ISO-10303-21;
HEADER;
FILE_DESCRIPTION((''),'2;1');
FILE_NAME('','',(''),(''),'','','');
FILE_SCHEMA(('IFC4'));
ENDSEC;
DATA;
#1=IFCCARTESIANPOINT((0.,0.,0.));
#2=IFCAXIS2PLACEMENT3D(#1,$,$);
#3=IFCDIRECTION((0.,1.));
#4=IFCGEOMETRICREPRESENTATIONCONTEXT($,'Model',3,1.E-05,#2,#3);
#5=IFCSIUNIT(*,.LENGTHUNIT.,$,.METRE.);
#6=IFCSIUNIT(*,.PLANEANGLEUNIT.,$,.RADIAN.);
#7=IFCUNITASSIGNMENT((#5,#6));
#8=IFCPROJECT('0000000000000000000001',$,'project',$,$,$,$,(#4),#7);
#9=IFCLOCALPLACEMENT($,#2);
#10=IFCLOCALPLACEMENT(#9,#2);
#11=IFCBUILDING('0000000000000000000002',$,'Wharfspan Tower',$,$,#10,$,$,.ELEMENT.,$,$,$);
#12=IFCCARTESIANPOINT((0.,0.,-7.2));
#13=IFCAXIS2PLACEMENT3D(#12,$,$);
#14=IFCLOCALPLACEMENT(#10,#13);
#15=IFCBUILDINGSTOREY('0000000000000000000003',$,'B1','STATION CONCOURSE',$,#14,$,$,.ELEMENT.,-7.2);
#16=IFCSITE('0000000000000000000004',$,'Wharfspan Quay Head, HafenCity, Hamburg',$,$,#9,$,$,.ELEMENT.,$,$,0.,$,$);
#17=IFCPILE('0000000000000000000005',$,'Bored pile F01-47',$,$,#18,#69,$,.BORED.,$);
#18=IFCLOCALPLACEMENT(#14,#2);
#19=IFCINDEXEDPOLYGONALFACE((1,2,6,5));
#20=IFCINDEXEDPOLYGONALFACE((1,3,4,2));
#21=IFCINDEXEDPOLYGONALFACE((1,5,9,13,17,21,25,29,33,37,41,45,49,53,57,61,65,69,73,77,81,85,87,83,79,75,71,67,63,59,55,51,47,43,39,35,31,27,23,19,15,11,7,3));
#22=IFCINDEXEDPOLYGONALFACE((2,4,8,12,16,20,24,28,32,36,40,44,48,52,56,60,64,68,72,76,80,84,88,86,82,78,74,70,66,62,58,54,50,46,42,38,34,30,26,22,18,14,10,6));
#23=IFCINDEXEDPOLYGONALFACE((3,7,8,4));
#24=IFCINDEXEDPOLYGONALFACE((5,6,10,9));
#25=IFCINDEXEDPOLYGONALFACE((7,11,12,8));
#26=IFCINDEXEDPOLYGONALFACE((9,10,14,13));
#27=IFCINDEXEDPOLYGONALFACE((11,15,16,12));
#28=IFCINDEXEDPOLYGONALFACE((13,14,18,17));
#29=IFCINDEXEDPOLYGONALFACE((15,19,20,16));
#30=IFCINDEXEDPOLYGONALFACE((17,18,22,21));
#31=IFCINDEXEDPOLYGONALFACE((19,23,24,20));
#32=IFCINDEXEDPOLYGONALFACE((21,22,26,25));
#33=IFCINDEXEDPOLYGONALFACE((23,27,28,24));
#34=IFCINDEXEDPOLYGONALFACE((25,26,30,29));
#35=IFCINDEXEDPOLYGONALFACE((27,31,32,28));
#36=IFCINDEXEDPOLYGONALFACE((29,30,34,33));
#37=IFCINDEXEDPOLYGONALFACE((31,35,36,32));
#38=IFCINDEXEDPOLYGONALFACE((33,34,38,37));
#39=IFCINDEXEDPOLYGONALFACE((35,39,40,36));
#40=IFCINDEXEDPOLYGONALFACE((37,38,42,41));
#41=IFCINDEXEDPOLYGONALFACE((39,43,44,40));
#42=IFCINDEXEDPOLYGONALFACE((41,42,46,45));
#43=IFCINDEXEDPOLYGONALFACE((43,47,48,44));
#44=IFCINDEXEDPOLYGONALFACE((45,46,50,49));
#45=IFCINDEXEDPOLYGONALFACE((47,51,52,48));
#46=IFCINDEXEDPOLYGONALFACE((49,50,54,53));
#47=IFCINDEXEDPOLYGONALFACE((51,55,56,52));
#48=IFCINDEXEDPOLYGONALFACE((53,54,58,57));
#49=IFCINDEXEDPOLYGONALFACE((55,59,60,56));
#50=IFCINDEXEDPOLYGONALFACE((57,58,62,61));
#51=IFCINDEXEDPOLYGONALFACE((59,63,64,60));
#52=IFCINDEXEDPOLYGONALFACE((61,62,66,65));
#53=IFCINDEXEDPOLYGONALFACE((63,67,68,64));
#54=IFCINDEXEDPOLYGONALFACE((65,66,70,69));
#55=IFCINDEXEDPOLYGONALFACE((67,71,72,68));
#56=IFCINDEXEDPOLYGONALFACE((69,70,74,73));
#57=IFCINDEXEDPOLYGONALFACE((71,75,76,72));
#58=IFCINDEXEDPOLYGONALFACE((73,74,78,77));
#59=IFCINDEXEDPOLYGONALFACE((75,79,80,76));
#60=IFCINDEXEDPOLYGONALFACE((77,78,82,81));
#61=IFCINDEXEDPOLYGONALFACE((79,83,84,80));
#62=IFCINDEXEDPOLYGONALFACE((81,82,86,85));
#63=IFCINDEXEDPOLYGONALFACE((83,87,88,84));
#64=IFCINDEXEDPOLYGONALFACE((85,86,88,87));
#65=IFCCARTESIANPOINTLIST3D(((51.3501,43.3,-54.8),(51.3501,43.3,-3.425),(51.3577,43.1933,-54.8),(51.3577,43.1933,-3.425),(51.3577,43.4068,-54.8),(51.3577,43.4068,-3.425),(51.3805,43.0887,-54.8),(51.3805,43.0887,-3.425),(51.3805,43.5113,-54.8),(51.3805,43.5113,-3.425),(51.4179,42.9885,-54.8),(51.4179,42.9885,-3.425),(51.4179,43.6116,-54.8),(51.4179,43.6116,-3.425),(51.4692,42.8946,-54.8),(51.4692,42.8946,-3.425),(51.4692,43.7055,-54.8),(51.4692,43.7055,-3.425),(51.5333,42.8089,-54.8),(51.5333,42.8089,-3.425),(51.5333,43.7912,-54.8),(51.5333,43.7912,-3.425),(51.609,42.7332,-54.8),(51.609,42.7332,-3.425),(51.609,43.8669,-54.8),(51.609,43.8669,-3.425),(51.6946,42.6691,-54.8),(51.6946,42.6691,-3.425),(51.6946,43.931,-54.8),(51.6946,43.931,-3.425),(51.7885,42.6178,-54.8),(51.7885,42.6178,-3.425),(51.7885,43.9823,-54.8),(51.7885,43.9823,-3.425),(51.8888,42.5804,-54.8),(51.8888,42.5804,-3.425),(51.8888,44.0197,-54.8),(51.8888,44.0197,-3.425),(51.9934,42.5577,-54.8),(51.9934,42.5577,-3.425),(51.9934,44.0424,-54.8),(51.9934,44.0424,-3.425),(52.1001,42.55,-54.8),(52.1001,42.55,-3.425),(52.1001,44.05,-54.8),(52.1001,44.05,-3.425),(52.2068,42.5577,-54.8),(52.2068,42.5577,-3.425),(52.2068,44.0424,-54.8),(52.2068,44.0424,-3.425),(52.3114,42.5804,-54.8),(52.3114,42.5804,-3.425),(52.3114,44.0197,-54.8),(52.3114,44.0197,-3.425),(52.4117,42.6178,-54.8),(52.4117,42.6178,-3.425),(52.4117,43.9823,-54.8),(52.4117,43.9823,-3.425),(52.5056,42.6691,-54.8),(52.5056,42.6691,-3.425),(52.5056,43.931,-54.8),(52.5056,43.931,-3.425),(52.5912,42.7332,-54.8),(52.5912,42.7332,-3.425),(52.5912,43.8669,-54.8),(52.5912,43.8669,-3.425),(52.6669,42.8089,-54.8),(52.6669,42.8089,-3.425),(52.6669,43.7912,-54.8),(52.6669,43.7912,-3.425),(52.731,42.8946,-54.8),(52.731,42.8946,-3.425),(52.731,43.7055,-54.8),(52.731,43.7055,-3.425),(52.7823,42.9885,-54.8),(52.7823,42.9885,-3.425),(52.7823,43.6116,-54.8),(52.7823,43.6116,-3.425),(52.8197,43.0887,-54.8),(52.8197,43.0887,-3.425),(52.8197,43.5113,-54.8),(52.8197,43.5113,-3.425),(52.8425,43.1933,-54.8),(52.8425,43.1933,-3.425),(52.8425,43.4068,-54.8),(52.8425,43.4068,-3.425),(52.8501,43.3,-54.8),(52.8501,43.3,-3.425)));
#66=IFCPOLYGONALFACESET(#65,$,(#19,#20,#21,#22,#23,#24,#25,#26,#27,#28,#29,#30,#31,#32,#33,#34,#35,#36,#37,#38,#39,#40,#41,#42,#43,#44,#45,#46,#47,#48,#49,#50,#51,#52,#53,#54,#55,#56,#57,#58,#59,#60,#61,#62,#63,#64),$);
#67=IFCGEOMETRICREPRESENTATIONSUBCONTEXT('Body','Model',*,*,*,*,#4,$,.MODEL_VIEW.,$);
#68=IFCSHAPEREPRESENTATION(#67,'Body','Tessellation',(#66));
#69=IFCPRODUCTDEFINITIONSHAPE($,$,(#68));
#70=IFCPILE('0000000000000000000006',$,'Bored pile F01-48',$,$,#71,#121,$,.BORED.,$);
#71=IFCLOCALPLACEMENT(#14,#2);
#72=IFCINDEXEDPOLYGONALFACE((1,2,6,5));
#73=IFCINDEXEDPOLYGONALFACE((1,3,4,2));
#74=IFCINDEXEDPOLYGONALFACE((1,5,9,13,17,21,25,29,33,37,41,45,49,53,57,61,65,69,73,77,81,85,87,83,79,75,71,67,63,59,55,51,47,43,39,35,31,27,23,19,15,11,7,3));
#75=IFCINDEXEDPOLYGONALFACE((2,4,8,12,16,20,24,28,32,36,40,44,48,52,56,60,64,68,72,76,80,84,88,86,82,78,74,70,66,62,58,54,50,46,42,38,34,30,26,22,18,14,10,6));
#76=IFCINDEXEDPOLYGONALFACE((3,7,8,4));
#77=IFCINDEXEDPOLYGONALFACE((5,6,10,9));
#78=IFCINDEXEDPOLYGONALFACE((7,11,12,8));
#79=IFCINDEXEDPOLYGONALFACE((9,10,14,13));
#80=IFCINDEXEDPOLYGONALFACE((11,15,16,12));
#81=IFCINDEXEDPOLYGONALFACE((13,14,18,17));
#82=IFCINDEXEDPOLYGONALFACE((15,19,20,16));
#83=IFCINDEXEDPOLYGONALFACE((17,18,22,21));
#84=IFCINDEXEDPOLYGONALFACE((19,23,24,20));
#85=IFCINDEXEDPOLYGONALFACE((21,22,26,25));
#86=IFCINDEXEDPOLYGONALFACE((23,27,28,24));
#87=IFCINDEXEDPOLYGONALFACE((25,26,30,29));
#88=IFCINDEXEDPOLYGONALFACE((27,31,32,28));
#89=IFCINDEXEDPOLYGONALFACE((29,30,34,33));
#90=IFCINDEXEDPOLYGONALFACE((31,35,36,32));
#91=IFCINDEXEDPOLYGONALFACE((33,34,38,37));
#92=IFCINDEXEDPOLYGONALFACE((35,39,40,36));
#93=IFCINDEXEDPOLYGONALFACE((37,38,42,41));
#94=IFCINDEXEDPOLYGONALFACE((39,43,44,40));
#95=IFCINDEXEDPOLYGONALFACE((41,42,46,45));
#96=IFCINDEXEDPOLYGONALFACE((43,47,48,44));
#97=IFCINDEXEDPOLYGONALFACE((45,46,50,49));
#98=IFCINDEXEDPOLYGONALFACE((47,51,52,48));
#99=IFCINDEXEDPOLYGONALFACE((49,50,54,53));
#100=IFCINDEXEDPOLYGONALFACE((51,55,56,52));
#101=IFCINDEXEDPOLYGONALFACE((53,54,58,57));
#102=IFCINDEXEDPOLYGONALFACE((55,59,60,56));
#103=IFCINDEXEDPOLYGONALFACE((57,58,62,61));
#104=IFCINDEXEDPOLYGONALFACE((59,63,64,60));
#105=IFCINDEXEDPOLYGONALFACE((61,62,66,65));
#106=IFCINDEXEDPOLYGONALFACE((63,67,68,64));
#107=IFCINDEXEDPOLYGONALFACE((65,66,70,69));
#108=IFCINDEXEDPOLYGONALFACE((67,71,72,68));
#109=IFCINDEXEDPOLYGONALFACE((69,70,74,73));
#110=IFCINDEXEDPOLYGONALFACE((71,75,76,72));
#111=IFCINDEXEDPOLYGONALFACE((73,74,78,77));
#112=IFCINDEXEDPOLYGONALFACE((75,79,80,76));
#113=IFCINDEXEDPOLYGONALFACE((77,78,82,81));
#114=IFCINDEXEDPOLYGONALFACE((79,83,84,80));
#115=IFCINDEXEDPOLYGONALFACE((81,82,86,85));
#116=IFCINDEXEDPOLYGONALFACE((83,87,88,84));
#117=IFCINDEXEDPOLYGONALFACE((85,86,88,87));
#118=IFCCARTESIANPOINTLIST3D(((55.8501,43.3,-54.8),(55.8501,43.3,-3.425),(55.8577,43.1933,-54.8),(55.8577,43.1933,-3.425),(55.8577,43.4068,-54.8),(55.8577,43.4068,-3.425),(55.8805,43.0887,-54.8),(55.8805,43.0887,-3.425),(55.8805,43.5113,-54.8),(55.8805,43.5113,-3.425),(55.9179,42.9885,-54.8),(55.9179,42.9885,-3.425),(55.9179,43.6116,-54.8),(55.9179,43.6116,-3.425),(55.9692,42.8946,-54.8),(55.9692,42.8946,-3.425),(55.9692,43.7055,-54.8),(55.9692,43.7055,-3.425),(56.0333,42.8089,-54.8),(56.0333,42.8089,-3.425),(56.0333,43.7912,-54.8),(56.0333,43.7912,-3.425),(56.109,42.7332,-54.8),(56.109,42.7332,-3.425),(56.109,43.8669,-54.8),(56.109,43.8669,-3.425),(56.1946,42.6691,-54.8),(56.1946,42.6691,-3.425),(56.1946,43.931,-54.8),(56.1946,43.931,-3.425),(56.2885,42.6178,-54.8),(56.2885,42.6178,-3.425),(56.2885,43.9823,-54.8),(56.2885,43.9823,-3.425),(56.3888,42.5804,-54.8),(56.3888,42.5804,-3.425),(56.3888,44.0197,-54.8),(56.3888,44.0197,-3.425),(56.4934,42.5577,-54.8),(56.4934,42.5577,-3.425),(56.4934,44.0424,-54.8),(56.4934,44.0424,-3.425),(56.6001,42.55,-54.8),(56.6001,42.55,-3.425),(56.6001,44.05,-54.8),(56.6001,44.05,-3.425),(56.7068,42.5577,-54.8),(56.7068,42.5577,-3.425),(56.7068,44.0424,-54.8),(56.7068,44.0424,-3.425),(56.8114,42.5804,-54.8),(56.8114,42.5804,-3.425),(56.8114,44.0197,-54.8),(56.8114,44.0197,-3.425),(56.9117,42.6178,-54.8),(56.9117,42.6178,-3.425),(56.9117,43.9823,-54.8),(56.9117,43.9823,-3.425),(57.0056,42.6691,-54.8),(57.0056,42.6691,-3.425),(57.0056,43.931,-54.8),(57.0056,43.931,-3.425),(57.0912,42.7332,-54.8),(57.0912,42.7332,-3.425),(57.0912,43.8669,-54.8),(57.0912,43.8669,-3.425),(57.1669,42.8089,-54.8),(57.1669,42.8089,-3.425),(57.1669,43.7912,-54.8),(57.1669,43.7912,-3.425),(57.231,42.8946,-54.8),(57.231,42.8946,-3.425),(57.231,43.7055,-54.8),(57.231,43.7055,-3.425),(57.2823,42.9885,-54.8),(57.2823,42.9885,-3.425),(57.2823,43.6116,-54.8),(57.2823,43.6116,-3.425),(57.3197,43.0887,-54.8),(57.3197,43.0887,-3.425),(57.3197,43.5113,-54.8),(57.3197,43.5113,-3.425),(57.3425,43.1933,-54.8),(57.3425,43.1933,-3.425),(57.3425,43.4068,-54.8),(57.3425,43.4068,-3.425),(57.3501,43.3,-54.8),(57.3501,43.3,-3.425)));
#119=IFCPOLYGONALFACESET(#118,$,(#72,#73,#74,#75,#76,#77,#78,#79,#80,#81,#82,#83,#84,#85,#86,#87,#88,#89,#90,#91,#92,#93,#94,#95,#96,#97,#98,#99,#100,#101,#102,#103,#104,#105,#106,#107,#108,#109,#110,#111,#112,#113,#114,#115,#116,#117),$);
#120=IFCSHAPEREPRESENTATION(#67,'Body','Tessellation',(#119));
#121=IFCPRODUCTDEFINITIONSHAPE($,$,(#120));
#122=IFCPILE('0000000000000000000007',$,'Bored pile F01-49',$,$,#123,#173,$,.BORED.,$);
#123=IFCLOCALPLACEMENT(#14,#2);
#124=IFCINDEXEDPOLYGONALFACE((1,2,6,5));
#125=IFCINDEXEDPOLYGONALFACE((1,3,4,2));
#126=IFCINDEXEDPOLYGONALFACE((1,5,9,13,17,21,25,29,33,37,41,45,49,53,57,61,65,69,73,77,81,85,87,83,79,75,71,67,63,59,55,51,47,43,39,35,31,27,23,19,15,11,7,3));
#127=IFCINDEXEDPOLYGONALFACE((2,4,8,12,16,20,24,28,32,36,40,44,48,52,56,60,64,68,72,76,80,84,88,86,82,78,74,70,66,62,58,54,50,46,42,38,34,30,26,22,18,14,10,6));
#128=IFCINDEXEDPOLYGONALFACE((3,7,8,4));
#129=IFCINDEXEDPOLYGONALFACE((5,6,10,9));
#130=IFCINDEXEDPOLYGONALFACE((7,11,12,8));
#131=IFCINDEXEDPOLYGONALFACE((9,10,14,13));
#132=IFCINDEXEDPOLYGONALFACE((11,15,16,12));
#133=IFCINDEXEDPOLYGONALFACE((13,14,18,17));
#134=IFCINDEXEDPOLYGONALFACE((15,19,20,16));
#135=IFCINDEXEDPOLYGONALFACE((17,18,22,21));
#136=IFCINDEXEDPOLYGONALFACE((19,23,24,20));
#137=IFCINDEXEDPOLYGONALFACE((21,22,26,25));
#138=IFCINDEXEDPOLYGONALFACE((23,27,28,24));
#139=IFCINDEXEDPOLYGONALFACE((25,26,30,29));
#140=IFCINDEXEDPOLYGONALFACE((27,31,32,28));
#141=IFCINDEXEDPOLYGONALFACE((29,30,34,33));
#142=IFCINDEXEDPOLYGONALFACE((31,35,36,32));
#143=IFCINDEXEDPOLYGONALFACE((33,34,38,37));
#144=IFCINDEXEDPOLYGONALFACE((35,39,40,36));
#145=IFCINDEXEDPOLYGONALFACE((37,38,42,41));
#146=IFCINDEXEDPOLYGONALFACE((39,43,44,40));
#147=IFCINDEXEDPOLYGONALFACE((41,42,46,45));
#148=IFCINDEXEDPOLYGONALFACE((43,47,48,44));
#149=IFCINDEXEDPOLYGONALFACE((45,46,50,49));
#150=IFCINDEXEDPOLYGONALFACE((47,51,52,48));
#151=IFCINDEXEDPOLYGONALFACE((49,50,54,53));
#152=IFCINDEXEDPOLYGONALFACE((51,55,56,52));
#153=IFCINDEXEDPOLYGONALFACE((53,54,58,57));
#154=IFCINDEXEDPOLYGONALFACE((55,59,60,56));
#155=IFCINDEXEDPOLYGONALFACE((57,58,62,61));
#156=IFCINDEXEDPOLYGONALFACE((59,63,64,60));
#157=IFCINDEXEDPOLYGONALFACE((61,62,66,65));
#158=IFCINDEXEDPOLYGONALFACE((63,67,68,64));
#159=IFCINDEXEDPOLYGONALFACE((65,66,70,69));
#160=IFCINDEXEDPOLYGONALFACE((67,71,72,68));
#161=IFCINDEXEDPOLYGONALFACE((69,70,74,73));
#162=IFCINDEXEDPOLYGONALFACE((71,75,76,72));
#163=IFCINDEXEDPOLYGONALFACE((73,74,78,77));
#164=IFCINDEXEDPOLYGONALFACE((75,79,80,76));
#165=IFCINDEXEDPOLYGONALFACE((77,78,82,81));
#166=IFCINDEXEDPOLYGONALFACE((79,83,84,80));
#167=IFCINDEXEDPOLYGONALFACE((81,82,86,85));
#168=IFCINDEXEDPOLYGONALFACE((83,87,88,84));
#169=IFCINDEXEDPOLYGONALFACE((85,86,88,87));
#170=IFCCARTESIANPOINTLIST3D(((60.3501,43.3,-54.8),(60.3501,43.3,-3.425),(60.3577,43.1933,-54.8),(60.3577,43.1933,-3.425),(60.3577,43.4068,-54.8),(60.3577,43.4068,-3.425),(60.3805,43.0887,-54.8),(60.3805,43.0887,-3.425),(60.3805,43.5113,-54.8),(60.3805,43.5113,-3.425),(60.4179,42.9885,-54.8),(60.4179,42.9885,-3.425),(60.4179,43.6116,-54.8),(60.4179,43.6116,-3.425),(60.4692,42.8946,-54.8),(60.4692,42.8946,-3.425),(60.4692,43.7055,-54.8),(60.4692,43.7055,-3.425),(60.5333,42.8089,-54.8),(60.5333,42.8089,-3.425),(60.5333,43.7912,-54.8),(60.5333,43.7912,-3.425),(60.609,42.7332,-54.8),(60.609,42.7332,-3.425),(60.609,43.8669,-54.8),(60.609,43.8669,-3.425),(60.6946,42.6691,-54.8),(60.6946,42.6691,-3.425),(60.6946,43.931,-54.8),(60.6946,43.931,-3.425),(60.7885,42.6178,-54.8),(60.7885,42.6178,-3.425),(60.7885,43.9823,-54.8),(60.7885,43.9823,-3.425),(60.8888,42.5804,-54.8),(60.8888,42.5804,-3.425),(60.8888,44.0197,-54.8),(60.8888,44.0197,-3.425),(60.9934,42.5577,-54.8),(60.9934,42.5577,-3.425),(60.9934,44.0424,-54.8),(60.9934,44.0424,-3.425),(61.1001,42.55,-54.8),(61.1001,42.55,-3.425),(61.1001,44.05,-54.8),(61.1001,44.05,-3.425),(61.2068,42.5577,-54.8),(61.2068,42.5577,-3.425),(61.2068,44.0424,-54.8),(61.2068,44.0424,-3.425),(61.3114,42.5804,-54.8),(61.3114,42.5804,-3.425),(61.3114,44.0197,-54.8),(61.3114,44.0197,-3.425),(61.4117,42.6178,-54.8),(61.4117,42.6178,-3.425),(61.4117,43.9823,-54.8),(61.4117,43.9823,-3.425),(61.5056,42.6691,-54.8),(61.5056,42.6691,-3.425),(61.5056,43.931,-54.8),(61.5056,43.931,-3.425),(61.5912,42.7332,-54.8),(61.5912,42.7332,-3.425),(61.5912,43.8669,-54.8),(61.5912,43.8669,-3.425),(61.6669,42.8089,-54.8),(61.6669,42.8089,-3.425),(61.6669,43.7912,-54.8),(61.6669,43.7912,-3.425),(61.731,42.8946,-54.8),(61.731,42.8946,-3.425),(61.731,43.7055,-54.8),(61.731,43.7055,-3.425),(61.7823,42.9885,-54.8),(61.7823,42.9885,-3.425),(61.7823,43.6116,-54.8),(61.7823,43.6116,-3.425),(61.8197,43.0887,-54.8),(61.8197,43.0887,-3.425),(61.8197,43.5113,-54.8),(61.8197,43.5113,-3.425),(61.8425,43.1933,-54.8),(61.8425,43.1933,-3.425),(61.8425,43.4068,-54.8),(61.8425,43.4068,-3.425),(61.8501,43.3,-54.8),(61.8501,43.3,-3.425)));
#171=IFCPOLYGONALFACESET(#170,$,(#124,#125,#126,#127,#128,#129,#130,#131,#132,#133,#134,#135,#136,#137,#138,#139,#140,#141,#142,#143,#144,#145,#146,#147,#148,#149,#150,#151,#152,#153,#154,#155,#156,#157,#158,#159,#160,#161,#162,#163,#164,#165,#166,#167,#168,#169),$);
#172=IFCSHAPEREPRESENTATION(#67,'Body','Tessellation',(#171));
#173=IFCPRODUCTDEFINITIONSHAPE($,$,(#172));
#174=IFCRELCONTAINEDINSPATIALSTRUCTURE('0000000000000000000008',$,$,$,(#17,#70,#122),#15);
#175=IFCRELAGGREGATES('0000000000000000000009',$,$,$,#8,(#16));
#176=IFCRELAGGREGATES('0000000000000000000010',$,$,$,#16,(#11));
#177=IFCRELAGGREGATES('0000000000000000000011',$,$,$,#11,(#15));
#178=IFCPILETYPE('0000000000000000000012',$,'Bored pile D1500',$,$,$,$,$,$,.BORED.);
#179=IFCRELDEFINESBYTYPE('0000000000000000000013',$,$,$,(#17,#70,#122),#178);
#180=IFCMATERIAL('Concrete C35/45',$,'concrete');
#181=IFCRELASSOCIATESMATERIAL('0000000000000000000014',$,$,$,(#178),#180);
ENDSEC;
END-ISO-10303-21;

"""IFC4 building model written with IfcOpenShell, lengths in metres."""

from ifc_helpers import new_model, si_unit, direction, frame, origin, origin_2d, place, context, subcontext, project, spatial, circle, extrude, material, material_profile, profile_set, type_object, element, save


model = new_model("IFC4")

# Units and contexts
model_context = context("Model", 3, precision=1e-05, world=origin(), true_north=direction((0.0, 1.0)))
body_context = subcontext(model_context, "Body", "Model", "MODEL_VIEW")
ifc_project = project(units=[si_unit("LENGTHUNIT", "METRE"), si_unit("PLANEANGLEUNIT", "RADIAN")], contexts=[model_context])

# Site, building, storey
site_placement = place(None, origin())
site = spatial("IfcSite", under=ifc_project, at=site_placement, Name="Wharfspan Quay Head, HafenCity, Hamburg", CompositionType="ELEMENT", RefElevation=0.0)
building_placement = place(site_placement, origin())
building = spatial("IfcBuilding", under=site, at=building_placement, Name="Wharfspan Tower", CompositionType="ELEMENT")
storey_placement = place(building_placement, frame((0.0, 0.0, -7.2)))
storey = spatial("IfcBuildingStorey", under=building, at=storey_placement, Name="B1", Description="STATION CONCOURSE", CompositionType="ELEMENT", Elevation=-7.2)

# Piles
ifc_material_1 = material(Name="Concrete C35/45", Category="concrete")
ifc_material_profile_1 = material_profile(ifc_material_1, circle(Radius=0.75, at=origin_2d()))
ifc_profile_set_1 = profile_set([ifc_material_profile_1], Name="Concrete C35/45")
pile_type = type_object("IfcPileType", Name="Bored pile D1500", PredefinedType="BORED", material=ifc_profile_set_1)
for number, where, z_axis, x_axis, name in (
    (1, (52.1001, 43.3, -3.425), (0.0, 0.0, -1.0), (1.0, 0.0, 0.0), "Bored pile F01-47"),
    (2, (56.6001, 43.3, -3.425), (0.0, 0.0, -1.0), (1.0, 0.0, 0.0), "Bored pile F01-48"),
    (3, (61.1001, 43.3, -3.425), (0.0, 0.0, -1.0), (1.0, 0.0, 0.0), "Bored pile F01-49"),
):
    element("IfcPile", number, at=place(storey_placement, frame(where, z_axis=z_axis, x_axis=x_axis)), inside=storey, type_object=pile_type, Name=name, PredefinedType="BORED", context=body_context, shape_type="SweptSolid", body=[
        extrude(circle(Radius=0.75, at=origin_2d()), origin(), (0.0, 0.0, 1.0), 51.375),
    ])

save(model, "model.ifc")
